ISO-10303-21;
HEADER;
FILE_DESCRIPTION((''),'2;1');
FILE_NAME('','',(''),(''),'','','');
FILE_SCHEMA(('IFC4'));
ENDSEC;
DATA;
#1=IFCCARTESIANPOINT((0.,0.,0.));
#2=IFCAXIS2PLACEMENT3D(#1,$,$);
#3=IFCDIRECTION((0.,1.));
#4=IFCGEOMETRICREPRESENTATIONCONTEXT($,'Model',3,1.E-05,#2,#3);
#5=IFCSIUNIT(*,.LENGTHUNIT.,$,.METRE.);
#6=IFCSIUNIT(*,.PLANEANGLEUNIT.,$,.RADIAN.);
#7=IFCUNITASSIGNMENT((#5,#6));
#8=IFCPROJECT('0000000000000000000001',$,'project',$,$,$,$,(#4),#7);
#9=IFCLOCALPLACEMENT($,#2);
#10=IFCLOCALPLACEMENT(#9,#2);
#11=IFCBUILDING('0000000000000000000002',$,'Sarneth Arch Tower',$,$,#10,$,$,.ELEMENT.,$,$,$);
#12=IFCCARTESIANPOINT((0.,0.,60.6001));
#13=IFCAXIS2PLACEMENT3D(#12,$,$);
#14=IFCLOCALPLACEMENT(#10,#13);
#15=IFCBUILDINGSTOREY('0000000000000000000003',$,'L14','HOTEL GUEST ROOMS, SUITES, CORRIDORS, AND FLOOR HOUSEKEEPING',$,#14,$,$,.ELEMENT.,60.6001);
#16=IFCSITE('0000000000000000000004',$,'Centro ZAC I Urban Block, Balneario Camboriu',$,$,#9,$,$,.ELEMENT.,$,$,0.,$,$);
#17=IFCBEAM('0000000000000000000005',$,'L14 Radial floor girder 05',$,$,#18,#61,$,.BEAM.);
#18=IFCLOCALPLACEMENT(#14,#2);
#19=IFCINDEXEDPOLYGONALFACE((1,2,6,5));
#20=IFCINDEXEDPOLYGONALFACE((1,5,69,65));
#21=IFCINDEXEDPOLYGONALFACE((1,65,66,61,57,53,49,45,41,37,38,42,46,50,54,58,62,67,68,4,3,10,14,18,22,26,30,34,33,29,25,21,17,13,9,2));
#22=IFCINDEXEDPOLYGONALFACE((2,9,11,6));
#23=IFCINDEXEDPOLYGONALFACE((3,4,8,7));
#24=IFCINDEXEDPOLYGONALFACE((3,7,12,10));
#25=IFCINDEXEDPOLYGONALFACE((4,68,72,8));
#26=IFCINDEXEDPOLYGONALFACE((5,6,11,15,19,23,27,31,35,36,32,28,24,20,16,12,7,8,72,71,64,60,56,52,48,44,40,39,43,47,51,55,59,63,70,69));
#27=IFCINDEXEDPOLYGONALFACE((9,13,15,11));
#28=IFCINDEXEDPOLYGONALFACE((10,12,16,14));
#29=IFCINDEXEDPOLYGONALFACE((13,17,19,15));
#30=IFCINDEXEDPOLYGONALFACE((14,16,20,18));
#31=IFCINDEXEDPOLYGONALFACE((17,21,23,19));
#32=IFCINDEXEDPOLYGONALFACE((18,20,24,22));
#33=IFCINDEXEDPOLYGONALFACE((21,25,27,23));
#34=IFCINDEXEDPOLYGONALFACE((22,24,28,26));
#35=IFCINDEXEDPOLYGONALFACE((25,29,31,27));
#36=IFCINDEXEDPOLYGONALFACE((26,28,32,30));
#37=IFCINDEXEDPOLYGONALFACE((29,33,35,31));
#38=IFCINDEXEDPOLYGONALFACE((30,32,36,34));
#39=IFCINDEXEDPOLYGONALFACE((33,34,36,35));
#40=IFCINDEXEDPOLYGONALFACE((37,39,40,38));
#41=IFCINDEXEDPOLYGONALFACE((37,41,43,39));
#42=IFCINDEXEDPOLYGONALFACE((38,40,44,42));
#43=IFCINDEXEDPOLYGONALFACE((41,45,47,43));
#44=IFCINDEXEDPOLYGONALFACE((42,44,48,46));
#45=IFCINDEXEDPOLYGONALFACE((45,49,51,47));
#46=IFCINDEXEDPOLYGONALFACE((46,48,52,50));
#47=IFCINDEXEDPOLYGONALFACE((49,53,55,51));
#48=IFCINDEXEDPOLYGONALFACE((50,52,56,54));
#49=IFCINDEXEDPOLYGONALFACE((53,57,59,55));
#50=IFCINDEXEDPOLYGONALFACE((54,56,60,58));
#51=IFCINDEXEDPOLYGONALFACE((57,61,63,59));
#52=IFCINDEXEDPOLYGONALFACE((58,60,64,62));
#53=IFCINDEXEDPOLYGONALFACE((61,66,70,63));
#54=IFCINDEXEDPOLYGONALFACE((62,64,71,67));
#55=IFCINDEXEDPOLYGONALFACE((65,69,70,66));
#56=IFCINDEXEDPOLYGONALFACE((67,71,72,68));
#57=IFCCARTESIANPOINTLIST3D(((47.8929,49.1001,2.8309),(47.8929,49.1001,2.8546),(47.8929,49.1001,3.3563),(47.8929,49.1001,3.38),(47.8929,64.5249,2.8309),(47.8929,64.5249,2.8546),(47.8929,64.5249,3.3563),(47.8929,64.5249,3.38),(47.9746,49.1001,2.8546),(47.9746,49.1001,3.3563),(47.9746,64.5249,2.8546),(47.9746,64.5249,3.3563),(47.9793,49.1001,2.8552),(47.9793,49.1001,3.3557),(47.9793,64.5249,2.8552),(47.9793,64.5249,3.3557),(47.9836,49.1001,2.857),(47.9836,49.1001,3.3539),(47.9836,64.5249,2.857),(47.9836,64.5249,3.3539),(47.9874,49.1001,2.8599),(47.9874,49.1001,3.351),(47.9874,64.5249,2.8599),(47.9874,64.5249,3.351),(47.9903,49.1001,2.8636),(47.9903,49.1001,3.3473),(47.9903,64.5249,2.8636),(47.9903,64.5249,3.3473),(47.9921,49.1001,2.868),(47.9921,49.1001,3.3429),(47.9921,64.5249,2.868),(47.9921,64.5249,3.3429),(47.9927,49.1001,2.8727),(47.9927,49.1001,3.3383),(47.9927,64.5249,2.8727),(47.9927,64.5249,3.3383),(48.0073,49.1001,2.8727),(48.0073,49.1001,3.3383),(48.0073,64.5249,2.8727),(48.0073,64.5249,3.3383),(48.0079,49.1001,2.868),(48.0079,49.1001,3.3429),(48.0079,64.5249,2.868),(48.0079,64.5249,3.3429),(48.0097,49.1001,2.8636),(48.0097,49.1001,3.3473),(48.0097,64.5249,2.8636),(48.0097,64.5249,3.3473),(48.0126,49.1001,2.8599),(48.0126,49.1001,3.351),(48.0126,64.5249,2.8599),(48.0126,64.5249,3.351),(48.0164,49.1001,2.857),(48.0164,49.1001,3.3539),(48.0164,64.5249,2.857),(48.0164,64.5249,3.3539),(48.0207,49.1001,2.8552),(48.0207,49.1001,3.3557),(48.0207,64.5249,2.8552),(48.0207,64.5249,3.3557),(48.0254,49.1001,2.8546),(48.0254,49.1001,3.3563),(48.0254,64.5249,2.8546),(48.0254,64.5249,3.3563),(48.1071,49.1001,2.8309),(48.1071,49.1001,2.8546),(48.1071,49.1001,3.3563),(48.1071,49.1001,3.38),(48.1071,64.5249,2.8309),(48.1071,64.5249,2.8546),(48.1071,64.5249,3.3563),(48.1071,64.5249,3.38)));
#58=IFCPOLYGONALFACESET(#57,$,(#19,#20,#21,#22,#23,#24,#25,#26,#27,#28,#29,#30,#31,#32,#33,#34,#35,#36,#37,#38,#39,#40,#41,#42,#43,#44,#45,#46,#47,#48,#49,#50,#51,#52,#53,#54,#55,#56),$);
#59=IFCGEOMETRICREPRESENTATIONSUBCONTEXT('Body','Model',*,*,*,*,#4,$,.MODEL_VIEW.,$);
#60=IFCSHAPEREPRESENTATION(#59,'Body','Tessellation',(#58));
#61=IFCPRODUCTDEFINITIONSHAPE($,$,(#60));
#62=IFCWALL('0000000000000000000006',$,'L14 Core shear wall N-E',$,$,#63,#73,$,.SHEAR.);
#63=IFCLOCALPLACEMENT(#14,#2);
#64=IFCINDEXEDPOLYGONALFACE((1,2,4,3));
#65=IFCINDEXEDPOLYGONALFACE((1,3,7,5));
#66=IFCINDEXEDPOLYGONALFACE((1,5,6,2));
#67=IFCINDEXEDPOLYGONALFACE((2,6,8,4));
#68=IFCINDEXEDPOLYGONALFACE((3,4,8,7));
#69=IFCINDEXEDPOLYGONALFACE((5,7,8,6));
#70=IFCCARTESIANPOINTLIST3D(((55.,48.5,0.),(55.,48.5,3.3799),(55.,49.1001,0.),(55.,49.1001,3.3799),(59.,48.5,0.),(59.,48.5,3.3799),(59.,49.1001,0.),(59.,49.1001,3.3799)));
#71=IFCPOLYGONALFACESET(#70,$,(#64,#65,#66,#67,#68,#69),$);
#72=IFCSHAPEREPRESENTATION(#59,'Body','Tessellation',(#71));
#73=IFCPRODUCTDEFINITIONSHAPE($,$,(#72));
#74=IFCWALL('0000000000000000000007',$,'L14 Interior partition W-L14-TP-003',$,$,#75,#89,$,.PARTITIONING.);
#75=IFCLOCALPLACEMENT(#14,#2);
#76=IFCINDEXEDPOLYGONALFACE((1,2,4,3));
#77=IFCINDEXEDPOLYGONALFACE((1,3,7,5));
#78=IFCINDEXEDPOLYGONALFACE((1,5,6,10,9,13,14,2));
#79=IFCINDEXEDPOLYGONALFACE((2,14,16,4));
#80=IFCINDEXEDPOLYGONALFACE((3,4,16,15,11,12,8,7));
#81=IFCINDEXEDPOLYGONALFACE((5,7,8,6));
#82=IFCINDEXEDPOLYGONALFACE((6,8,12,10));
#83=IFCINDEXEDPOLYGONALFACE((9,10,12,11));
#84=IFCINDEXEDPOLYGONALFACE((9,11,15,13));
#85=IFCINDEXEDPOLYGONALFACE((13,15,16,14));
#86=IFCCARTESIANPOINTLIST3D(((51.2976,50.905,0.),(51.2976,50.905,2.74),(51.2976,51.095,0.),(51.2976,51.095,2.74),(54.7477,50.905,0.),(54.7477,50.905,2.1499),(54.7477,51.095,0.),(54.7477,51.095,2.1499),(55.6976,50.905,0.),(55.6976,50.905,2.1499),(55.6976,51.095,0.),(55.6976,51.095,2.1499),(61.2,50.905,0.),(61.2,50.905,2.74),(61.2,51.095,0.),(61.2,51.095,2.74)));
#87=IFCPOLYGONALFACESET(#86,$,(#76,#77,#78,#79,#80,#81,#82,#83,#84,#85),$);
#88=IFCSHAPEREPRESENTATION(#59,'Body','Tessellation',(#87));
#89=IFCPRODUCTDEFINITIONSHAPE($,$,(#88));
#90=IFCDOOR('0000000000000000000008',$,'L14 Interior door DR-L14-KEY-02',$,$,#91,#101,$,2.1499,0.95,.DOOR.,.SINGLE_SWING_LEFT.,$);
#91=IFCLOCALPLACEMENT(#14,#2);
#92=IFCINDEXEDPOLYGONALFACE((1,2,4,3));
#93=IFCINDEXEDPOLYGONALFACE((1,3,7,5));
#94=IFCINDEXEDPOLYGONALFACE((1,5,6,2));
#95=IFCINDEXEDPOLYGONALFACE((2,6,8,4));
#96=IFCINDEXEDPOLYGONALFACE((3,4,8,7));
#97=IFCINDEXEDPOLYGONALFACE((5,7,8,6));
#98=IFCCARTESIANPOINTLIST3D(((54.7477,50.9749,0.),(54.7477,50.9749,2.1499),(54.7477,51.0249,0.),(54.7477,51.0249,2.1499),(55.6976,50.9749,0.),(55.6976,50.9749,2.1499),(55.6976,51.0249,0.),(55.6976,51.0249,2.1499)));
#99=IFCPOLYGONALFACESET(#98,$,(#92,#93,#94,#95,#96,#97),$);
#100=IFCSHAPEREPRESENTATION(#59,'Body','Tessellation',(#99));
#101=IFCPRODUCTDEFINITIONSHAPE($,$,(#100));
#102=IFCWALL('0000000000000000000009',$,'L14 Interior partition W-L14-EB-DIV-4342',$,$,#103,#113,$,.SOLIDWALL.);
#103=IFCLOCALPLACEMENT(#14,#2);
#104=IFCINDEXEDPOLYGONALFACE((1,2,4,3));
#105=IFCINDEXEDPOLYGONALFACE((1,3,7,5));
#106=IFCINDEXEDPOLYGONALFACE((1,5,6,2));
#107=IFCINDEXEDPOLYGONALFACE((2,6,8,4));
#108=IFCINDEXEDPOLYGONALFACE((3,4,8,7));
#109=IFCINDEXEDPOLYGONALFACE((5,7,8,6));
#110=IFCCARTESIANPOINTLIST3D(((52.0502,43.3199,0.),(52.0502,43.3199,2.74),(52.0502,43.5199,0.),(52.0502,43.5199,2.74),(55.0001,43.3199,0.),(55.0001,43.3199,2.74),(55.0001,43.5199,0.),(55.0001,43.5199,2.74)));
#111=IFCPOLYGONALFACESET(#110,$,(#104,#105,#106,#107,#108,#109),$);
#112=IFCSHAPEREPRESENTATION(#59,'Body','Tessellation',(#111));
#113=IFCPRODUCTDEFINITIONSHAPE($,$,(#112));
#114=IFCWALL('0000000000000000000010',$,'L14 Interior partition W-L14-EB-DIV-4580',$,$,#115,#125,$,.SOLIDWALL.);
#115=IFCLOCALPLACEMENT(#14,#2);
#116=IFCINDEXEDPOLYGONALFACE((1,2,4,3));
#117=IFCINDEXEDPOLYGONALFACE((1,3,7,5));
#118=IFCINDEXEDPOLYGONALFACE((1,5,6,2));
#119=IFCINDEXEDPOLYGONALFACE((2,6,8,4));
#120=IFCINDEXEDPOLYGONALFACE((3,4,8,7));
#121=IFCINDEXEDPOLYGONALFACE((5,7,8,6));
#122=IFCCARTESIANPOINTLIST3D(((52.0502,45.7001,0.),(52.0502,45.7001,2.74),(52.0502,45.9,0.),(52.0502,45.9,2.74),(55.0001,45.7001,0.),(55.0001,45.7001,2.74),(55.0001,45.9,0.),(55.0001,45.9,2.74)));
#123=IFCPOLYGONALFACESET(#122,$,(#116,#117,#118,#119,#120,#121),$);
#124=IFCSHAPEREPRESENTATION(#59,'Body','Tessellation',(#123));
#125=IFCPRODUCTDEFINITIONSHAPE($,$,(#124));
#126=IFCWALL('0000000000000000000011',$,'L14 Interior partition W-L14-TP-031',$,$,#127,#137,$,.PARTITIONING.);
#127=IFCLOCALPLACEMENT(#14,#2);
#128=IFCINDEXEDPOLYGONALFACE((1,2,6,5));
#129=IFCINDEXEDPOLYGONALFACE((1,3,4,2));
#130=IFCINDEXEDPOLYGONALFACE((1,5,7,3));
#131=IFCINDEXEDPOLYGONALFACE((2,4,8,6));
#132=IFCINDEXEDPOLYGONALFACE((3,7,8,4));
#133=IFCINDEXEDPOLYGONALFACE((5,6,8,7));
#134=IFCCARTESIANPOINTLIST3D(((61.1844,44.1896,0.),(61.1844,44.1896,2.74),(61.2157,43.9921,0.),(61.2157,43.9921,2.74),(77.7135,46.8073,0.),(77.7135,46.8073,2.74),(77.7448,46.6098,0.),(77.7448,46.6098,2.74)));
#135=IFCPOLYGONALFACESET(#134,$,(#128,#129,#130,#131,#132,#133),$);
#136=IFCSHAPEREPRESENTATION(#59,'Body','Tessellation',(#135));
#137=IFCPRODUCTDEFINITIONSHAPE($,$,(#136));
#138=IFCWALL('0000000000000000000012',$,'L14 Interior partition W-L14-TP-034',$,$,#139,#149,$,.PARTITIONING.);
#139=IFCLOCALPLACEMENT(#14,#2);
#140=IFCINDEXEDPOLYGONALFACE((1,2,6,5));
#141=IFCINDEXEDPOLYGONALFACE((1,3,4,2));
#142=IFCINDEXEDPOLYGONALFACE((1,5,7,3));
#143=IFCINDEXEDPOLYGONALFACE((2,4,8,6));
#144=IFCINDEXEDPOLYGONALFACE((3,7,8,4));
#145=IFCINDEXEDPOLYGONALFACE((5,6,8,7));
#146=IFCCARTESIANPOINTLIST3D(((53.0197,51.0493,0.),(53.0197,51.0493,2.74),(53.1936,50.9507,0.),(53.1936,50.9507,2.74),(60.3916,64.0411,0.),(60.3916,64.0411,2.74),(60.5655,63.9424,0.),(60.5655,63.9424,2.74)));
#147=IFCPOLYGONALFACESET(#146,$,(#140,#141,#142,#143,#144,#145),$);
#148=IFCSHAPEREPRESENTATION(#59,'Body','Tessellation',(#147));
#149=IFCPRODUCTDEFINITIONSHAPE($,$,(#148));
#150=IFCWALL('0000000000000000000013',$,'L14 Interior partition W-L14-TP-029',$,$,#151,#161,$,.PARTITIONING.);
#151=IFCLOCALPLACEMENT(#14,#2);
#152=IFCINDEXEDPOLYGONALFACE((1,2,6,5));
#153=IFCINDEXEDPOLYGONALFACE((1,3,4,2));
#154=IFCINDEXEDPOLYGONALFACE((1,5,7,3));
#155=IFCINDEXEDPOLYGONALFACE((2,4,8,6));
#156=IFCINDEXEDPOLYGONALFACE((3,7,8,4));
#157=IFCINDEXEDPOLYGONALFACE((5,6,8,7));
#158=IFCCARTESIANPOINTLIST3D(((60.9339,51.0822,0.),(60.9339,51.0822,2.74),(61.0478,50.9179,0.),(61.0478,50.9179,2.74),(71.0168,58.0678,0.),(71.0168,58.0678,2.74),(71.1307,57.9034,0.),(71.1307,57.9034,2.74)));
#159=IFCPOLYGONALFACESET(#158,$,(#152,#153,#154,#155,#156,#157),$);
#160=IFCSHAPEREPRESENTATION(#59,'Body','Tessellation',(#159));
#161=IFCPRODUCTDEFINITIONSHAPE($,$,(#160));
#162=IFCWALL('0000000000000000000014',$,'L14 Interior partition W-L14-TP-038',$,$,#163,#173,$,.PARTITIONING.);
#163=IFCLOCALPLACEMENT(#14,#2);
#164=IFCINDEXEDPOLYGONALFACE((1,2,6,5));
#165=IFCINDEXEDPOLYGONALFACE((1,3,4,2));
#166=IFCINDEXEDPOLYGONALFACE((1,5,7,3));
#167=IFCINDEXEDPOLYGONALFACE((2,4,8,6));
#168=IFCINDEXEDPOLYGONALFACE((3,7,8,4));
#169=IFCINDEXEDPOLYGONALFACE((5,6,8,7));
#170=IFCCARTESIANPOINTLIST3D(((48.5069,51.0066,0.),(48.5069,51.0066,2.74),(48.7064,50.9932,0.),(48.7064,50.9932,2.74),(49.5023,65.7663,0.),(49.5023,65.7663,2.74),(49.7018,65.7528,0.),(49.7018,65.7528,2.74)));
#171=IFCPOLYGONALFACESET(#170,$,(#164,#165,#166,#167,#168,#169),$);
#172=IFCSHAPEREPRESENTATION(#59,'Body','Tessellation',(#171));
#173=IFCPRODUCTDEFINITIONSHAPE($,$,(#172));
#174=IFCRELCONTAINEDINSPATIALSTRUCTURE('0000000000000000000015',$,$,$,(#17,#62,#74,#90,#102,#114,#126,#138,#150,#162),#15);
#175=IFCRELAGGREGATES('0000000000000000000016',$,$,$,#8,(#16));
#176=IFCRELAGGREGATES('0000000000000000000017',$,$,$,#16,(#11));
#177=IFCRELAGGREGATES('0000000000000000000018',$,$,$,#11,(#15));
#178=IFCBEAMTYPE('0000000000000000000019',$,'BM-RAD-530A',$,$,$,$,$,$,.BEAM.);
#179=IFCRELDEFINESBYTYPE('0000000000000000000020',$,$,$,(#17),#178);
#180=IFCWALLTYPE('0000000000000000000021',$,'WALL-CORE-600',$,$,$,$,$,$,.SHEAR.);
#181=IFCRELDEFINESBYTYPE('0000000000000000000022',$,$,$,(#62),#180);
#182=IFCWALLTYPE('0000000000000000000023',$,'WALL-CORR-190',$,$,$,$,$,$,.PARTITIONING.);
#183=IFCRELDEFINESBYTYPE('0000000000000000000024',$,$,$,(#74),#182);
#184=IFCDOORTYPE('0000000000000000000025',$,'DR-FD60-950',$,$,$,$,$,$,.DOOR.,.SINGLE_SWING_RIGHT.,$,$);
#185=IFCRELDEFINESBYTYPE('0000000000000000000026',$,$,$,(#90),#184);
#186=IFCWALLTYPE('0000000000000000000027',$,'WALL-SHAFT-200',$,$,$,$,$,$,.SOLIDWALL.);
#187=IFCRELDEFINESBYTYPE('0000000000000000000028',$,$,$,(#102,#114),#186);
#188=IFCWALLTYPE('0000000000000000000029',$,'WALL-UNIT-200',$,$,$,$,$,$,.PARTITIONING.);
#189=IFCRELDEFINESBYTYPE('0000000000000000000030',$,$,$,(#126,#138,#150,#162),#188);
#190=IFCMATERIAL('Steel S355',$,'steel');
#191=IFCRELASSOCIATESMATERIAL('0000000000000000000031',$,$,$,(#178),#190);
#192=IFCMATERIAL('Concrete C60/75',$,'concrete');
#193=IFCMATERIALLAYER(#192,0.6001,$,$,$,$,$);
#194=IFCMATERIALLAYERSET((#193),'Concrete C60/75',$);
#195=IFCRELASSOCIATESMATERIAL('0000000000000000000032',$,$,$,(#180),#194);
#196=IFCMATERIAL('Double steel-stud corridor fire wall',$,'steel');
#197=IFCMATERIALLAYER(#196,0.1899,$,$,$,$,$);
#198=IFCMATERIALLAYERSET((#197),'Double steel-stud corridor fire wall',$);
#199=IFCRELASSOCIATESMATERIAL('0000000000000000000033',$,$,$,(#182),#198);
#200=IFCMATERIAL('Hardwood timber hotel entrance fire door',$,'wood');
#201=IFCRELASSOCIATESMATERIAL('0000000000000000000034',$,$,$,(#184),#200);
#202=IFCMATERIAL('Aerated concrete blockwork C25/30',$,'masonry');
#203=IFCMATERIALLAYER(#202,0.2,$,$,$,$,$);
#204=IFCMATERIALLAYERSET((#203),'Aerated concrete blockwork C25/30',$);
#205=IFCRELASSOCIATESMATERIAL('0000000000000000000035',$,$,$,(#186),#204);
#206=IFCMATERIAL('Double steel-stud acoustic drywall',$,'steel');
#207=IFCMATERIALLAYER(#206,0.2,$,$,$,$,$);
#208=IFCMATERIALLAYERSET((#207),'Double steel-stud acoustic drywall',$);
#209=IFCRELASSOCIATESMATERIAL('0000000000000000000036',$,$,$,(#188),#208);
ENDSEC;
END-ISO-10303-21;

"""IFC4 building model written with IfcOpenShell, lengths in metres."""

from ifc_helpers import new_model, si_unit, direction, frame, frame_2d, origin, origin_2d, place, context, subcontext, project, spatial, rectangle, i_section, extrude, material, layer, layer_set, material_profile, profile_set, type_object, element, fill, save


model = new_model("IFC4")

# Units and contexts
model_context = context("Model", 3, precision=1e-05, world=origin(), true_north=direction((0.0, 1.0)))
body_context = subcontext(model_context, "Body", "Model", "MODEL_VIEW")
ifc_project = project(units=[si_unit("LENGTHUNIT", "METRE"), si_unit("PLANEANGLEUNIT", "RADIAN")], contexts=[model_context])

# Site, building, storey
site_placement = place(None, origin())
site = spatial("IfcSite", under=ifc_project, at=site_placement, Name="Centro ZAC I Urban Block, Balneario Camboriu", CompositionType="ELEMENT", RefElevation=0.0)
building_placement = place(site_placement, origin())
building = spatial("IfcBuilding", under=site, at=building_placement, Name="Sarneth Arch Tower", CompositionType="ELEMENT")
storey_placement = place(building_placement, frame((0.0, 0.0, 60.6001)))
storey = spatial("IfcBuildingStorey", under=building, at=storey_placement, Name="L14", Description="HOTEL GUEST ROOMS, SUITES, CORRIDORS, AND FLOOR HOUSEKEEPING", CompositionType="ELEMENT", Elevation=60.6001)

# Beam
ifc_material_1 = material(Name="Steel S355", Category="steel")
ifc_material_profile = material_profile(ifc_material_1, i_section(OverallWidth=0.2141, OverallDepth=0.5491, WebThickness=0.0146, FlangeThickness=0.0237, FilletRadius=0.0181, at=origin_2d()), Name="W530x138")
ifc_profile_set = profile_set([ifc_material_profile], Name="Steel S355")
beam_type = type_object("IfcBeamType", Name="BM-RAD-530A", PredefinedType="BEAM", material=ifc_profile_set)
beam_1_placement = place(storey_placement, frame((48.0, 49.1001, 3.1055), z_axis=(0.0, 1.0, 0.0), x_axis=(-1.0, 0.0, 0.0)))
element("IfcBeam", 1, at=beam_1_placement, inside=storey, type_object=beam_type, Name="L14 Radial floor girder 05", PredefinedType="BEAM", context=body_context, shape_type="SweptSolid", body=[
    extrude(i_section(OverallWidth=0.2141, OverallDepth=0.5491, WebThickness=0.0146, FlangeThickness=0.0237, FilletRadius=0.0181, at=origin_2d()), origin(), (0.0, 0.0, 1.0), 15.4248),
])

# Wall
ifc_material_2 = material(Name="Concrete C60/75", Category="concrete")
ifc_layer_1 = layer(ifc_material_2, 0.6001)
ifc_layer_set_1 = layer_set([ifc_layer_1], Name="Concrete C60/75")
wall_type_1 = type_object("IfcWallType", Name="WALL-CORE-600", PredefinedType="SHEAR", material=ifc_layer_set_1)
wall_1_placement = place(storey_placement, frame((55.0, 48.8, 0.0), z_axis=(0.0, 0.0, 1.0), x_axis=(1.0, 0.0, 0.0)))
element("IfcWall", 2, at=wall_1_placement, inside=storey, type_object=wall_type_1, Name="L14 Core shear wall N-E", PredefinedType="SHEAR", context=body_context, shape_type="SweptSolid", body=[
    extrude(rectangle(XDim=4.0, YDim=0.6001, at=frame_2d((2.0, 0.0))), origin(), (0.0, 0.0, 1.0), 3.3799),
])

# Wall, opening, door
ifc_material_3 = material(Name="Double steel-stud corridor fire wall", Category="steel")
ifc_layer_2 = layer(ifc_material_3, 0.1899)
ifc_layer_set_2 = layer_set([ifc_layer_2], Name="Double steel-stud corridor fire wall")
wall_type_2 = type_object("IfcWallType", Name="WALL-CORR-190", PredefinedType="PARTITIONING", material=ifc_layer_set_2)
wall_2_placement = place(storey_placement, frame((51.2976, 51.0, 0.0), z_axis=(0.0, 0.0, 1.0), x_axis=(1.0, 0.0, 0.0)))
wall_2 = element("IfcWall", 3, at=wall_2_placement, inside=storey, type_object=wall_type_2, Name="L14 Interior partition W-L14-TP-003", PredefinedType="PARTITIONING", context=body_context, shape_type="SweptSolid", body=[
    extrude(rectangle(XDim=9.9023, YDim=0.1899, at=frame_2d((4.9512, 0.0))), origin(), (0.0, 0.0, 1.0), 2.74),
])
opening_1_placement = place(wall_2_placement, frame((3.45, 0.0, 0.0)))
opening_1 = element("IfcOpeningElement", 4, at=opening_1_placement, cuts=wall_2, PredefinedType="OPENING", context=body_context, shape_type="SweptSolid", body=[
    extrude(rectangle(XDim=0.95, YDim=2.1499, at=frame_2d((0.4751, 1.075))), frame((0.0, 0.105, 0.0), z_axis=(0.0, -1.0, 0.0), x_axis=(1.0, 0.0, 0.0)), (0.0, 0.0, 1.0), 0.21),
])
ifc_material_4 = material(Name="Hardwood timber hotel entrance fire door", Category="wood")
door_type = type_object("IfcDoorType", Name="DR-FD60-950", OperationType="SINGLE_SWING_RIGHT", PredefinedType="DOOR", material=ifc_material_4)
door_1_placement = place(opening_1_placement, origin())
door_1 = element("IfcDoor", 5, at=door_1_placement, inside=storey, type_object=door_type, Name="L14 Interior door DR-L14-KEY-02", OperationType="SINGLE_SWING_LEFT", OverallHeight=2.1499, OverallWidth=0.95, PredefinedType="DOOR", context=body_context, shape_type="SweptSolid", body=[
    extrude(rectangle(XDim=0.95, YDim=2.1499, at=frame_2d((0.4751, 1.075))), frame((0.0, 0.0249, 0.0), z_axis=(0.0, -1.0, 0.0), x_axis=(1.0, 0.0, 0.0)), (0.0, 0.0, 1.0), 0.05),
])
fill(opening_1, door_1)

# Walls
ifc_material_5 = material(Name="Aerated concrete blockwork C25/30", Category="masonry")
ifc_layer_3 = layer(ifc_material_5, 0.2)
ifc_layer_set_3 = layer_set([ifc_layer_3], Name="Aerated concrete blockwork C25/30")
wall_type_3 = type_object("IfcWallType", Name="WALL-SHAFT-200", PredefinedType="SOLIDWALL", material=ifc_layer_set_3)
for number, where, z_axis, x_axis, name in (
    (6, (52.05, 43.4199, 0.0), (0.0, 0.0, 1.0), (1.0, 0.0, 0.0), "L14 Interior partition W-L14-EB-DIV-4342"),
    (7, (52.05, 45.8, 0.0), (0.0, 0.0, 1.0), (1.0, 0.0, 0.0), "L14 Interior partition W-L14-EB-DIV-4580"),
):
    element("IfcWall", number, at=place(storey_placement, frame(where, z_axis=z_axis, x_axis=x_axis)), inside=storey, type_object=wall_type_3, Name=name, PredefinedType="SOLIDWALL", context=body_context, shape_type="SweptSolid", body=[
        extrude(rectangle(XDim=2.95, YDim=0.2, at=frame_2d((1.4751, 0.0))), origin(), (0.0, 0.0, 1.0), 2.74),
    ])
ifc_material_6 = material(Name="Double steel-stud acoustic drywall", Category="steel")
ifc_layer_4 = layer(ifc_material_6, 0.2)
ifc_layer_set_4 = layer_set([ifc_layer_4], Name="Double steel-stud acoustic drywall")
wall_type_4 = type_object("IfcWallType", Name="WALL-UNIT-200", PredefinedType="PARTITIONING", material=ifc_layer_set_4)
wall_3_placement = place(storey_placement, frame((61.2, 44.0908, 0.0), z_axis=(0.0, 0.0, 1.0), x_axis=(0.987691, 0.156419, 0.0)))
element("IfcWall", 8, at=wall_3_placement, inside=storey, type_object=wall_type_4, Name="L14 Interior partition W-L14-TP-031", PredefinedType="PARTITIONING", context=body_context, shape_type="SweptSolid", body=[
    extrude(rectangle(XDim=16.7351, YDim=0.2, at=frame_2d((8.3677, 0.0))), origin(), (0.0, 0.0, 1.0), 2.74),
])
wall_4_placement = place(storey_placement, frame((53.1067, 51.0, 0.0), z_axis=(0.0, 0.0, 1.0), x_axis=(0.493512, 0.869739, 0.0)))
element("IfcWall", 9, at=wall_4_placement, inside=storey, type_object=wall_type_4, Name="L14 Interior partition W-L14-TP-034", PredefinedType="PARTITIONING", context=body_context, shape_type="SweptSolid", body=[
    extrude(rectangle(XDim=14.9375, YDim=0.2, at=frame_2d((7.4688, 0.0))), origin(), (0.0, 0.0, 1.0), 2.74),
])
wall_5_placement = place(storey_placement, frame((60.9907, 51.0, 0.0), z_axis=(0.0, 0.0, 1.0), x_axis=(0.821999, 0.569488, 0.0)))
element("IfcWall", 10, at=wall_5_placement, inside=storey, type_object=wall_type_4, Name="L14 Interior partition W-L14-TP-029", PredefinedType="PARTITIONING", context=body_context, shape_type="SweptSolid", body=[
    extrude(rectangle(XDim=12.2664, YDim=0.2, at=frame_2d((6.1333, 0.0))), origin(), (0.0, 0.0, 1.0), 2.74),
])
wall_6_placement = place(storey_placement, frame((48.6067, 51.0, 0.0), z_axis=(0.0, 0.0, 1.0), x_axis=(0.067285, 0.997734, 0.0)))
element("IfcWall", 11, at=wall_6_placement, inside=storey, type_object=wall_type_4, Name="L14 Interior partition W-L14-TP-038", PredefinedType="PARTITIONING", context=body_context, shape_type="SweptSolid", body=[
    extrude(rectangle(XDim=14.7932, YDim=0.2, at=frame_2d((7.3965, 0.0))), origin(), (0.0, 0.0, 1.0), 2.74),
])

save(model, "model.ifc")
